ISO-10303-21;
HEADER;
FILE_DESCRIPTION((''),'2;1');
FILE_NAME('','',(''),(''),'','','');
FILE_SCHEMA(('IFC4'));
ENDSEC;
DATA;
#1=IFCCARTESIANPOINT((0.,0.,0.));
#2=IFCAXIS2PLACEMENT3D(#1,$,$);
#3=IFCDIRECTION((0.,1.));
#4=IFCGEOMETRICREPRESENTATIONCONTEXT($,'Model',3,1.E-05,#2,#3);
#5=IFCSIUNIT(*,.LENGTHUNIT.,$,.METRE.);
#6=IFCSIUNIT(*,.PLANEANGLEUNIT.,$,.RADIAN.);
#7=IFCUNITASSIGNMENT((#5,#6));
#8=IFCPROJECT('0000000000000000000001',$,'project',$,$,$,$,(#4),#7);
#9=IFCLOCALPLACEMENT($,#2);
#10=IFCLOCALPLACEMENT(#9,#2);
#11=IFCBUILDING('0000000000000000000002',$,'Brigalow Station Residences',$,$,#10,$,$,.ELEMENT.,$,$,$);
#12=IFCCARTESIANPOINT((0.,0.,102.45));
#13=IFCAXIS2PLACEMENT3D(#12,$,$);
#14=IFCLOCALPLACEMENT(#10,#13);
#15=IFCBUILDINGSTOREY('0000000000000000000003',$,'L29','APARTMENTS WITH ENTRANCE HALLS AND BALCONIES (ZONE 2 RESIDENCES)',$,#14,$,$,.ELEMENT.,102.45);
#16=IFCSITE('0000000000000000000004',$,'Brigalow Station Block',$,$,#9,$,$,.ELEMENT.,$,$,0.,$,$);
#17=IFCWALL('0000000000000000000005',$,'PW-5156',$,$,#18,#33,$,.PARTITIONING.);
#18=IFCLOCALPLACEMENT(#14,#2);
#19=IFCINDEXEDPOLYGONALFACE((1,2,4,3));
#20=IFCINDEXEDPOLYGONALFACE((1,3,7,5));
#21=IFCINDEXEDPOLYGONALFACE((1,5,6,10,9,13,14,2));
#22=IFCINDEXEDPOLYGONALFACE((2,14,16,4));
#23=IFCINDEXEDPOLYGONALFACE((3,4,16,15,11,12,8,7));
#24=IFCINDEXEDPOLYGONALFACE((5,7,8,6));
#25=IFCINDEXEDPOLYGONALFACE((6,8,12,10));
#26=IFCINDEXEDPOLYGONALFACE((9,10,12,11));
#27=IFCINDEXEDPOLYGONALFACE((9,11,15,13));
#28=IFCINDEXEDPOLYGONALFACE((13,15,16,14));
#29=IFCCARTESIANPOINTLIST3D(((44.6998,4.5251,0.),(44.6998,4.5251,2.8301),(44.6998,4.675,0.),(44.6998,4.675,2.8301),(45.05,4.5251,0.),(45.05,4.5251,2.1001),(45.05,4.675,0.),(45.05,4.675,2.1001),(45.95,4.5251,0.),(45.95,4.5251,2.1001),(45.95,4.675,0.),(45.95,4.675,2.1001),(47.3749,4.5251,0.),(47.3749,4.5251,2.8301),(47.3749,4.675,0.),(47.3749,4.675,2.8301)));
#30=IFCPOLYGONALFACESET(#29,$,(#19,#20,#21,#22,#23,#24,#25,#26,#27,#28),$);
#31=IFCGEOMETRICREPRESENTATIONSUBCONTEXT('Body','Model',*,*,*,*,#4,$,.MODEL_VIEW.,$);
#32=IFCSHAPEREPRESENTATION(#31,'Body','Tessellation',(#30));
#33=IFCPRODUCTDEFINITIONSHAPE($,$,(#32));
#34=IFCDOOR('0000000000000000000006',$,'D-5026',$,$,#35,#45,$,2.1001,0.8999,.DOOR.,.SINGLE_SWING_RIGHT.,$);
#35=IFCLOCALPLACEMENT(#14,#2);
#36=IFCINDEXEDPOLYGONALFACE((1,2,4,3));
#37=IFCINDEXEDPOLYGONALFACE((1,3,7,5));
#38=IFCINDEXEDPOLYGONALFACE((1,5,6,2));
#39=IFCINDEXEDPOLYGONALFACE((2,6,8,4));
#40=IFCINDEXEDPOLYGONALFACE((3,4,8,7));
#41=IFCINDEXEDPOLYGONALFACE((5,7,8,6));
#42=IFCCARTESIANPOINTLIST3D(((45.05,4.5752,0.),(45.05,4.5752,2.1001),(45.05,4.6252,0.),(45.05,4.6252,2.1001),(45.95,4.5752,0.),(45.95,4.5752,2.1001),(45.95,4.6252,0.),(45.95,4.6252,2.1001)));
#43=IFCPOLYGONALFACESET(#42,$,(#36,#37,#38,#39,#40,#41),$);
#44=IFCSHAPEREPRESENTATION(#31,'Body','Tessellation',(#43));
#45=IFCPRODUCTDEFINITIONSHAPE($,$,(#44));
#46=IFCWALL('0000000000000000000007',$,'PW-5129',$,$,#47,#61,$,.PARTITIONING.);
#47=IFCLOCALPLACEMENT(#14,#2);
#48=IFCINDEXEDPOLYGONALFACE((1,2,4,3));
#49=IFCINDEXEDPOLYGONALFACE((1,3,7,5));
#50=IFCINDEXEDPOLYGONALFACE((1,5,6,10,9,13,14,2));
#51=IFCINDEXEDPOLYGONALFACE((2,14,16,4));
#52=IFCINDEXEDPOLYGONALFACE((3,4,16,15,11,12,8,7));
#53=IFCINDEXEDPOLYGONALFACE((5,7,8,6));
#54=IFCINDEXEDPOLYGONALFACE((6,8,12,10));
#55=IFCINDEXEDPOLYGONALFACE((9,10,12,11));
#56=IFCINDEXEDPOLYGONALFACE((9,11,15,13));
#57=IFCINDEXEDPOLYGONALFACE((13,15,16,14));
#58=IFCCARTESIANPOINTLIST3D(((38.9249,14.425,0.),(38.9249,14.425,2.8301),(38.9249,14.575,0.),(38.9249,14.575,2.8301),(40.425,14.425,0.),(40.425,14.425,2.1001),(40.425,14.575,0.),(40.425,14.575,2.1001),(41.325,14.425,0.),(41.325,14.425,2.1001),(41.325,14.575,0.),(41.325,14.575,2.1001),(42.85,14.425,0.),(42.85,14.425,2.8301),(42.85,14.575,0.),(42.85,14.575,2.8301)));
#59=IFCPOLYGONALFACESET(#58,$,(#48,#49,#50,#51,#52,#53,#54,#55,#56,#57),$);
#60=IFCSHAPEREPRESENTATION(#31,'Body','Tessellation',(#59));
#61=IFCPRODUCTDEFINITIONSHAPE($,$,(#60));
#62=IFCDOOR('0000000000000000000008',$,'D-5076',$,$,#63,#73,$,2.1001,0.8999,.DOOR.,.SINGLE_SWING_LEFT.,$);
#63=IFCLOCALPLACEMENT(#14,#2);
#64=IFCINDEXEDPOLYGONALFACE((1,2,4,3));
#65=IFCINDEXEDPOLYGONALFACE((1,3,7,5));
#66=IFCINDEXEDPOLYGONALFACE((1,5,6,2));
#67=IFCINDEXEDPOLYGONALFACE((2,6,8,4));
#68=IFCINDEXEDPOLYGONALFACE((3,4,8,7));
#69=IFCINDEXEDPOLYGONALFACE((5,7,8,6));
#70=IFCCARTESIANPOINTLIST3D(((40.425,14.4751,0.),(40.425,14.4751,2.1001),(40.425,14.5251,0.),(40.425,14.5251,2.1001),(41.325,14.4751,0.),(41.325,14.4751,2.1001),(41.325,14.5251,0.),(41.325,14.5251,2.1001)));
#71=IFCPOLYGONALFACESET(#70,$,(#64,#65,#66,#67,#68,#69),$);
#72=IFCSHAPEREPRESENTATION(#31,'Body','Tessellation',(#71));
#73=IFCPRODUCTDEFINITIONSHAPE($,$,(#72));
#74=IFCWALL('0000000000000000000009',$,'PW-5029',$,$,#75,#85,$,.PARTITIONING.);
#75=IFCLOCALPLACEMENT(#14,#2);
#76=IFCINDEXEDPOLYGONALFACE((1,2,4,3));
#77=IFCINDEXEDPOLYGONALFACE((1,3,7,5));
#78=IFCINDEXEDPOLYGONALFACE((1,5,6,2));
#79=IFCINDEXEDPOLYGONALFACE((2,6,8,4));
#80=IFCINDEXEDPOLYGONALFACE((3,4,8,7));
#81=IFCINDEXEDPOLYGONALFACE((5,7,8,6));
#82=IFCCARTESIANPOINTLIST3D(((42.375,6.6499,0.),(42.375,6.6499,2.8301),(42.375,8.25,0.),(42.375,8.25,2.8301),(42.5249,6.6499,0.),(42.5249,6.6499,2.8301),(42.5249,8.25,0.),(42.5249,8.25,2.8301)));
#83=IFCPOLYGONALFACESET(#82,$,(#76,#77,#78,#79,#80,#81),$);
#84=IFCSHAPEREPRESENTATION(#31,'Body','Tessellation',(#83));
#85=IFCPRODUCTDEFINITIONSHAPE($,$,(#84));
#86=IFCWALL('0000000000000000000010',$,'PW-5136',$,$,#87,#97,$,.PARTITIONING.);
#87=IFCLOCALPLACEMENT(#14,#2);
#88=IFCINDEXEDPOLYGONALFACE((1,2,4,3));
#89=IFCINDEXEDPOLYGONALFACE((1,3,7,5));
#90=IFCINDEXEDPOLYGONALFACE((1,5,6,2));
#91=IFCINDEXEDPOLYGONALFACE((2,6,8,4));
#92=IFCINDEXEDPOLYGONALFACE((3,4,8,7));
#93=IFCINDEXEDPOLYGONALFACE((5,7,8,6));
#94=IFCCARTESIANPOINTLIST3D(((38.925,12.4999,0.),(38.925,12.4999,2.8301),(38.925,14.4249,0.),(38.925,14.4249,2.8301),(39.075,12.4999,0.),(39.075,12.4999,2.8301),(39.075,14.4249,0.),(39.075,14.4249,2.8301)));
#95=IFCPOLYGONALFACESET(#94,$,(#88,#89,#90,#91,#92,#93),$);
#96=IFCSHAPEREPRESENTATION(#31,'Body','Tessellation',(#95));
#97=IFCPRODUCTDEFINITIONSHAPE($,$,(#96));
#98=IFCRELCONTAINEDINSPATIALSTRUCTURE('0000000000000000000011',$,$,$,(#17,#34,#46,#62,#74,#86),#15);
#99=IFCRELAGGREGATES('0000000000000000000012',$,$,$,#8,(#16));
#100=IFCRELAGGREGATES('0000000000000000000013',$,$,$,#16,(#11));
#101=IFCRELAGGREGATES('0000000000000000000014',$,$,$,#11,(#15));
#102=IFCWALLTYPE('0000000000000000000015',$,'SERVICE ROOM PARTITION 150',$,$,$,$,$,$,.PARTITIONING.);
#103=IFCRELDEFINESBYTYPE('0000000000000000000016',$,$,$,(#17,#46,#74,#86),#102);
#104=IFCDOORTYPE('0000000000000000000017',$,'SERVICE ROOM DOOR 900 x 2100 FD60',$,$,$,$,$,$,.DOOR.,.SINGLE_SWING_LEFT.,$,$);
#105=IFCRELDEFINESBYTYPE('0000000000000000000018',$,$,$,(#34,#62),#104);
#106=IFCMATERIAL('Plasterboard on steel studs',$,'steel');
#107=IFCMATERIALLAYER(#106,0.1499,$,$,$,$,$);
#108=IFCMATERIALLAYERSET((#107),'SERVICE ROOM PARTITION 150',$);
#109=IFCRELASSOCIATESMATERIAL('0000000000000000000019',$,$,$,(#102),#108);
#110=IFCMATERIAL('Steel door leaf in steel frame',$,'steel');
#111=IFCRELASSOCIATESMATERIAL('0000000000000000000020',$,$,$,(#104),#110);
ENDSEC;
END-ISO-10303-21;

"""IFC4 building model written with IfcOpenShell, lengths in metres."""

from ifc_helpers import new_model, si_unit, direction, frame, frame_2d, origin, place, context, subcontext, project, spatial, rectangle, extrude, material, layer, layer_set, type_object, element, fill, save


model = new_model("IFC4")

# Units and contexts
model_context = context("Model", 3, precision=1e-05, world=origin(), true_north=direction((0.0, 1.0)))
body_context = subcontext(model_context, "Body", "Model", "MODEL_VIEW")
ifc_project = project(units=[si_unit("LENGTHUNIT", "METRE"), si_unit("PLANEANGLEUNIT", "RADIAN")], contexts=[model_context])

# Site, building, storey
site_placement = place(None, origin())
site = spatial("IfcSite", under=ifc_project, at=site_placement, Name="Brigalow Station Block", CompositionType="ELEMENT", RefElevation=0.0)
building_placement = place(site_placement, origin())
building = spatial("IfcBuilding", under=site, at=building_placement, Name="Brigalow Station Residences", CompositionType="ELEMENT")
storey_placement = place(building_placement, frame((0.0, 0.0, 102.45)))
storey = spatial("IfcBuildingStorey", under=building, at=storey_placement, Name="L29", Description="APARTMENTS WITH ENTRANCE HALLS AND BALCONIES (ZONE 2 RESIDENCES)", CompositionType="ELEMENT", Elevation=102.45)

# Walls, openings, doors
ifc_material_1 = material(Name="Plasterboard on steel studs", Category="steel")
ifc_layer_1 = layer(ifc_material_1, 0.1499)
ifc_layer_set_1 = layer_set([ifc_layer_1], Name="SERVICE ROOM PARTITION 150")
wall_type_1 = type_object("IfcWallType", Name="SERVICE ROOM PARTITION 150", PredefinedType="PARTITIONING", material=ifc_layer_set_1)
wall_1_placement = place(storey_placement, frame((44.7, 4.6001, 0.0), z_axis=(0.0, 0.0, 1.0), x_axis=(1.0, 0.0, 0.0)))
wall_1 = element("IfcWall", 1, at=wall_1_placement, inside=storey, type_object=wall_type_1, Name="PW-5156", PredefinedType="PARTITIONING", context=body_context, shape_type="SweptSolid", body=[
    extrude(rectangle(XDim=2.675, YDim=0.1499, at=frame_2d((1.3374, 0.0))), origin(), (0.0, 0.0, 1.0), 2.8301),
])
opening_1_placement = place(wall_1_placement, frame((0.3501, 0.0, 0.0)))
opening_1 = element("IfcOpeningElement", 2, at=opening_1_placement, cuts=wall_1, PredefinedType="OPENING", context=body_context, shape_type="SweptSolid", body=[
    extrude(rectangle(XDim=0.8999, YDim=2.1001, at=frame_2d((0.45, 1.05))), frame((0.0, 0.085, 0.0), z_axis=(0.0, -1.0, 0.0), x_axis=(1.0, 0.0, 0.0)), (0.0, 0.0, 1.0), 0.1699),
])
ifc_material_2 = material(Name="Steel door leaf in steel frame", Category="steel")
door_type_1 = type_object("IfcDoorType", Name="SERVICE ROOM DOOR 900 x 2100 FD60", OperationType="SINGLE_SWING_LEFT", PredefinedType="DOOR", material=ifc_material_2)
door_1_placement = place(opening_1_placement, frame((0.8999, 0.0, 0.0), z_axis=(0.0, 0.0, 1.0), x_axis=(-1.0, 0.0, 0.0)))
door_1 = element("IfcDoor", 3, at=door_1_placement, inside=storey, type_object=door_type_1, Name="D-5026", OperationType="SINGLE_SWING_RIGHT", OverallHeight=2.1001, OverallWidth=0.8999, PredefinedType="DOOR", context=body_context, shape_type="SweptSolid", body=[
    extrude(rectangle(XDim=0.8999, YDim=2.1001, at=frame_2d((0.45, 1.05))), frame((0.0, 0.0249, 0.0), z_axis=(0.0, -1.0, 0.0), x_axis=(1.0, 0.0, 0.0)), (0.0, 0.0, 1.0), 0.05),
])
fill(opening_1, door_1)
wall_2_placement = place(storey_placement, frame((38.925, 14.5, 0.0), z_axis=(0.0, 0.0, 1.0), x_axis=(1.0, 0.0, 0.0)))
wall_2 = element("IfcWall", 4, at=wall_2_placement, inside=storey, type_object=wall_type_1, Name="PW-5129", PredefinedType="PARTITIONING", context=body_context, shape_type="SweptSolid", body=[
    extrude(rectangle(XDim=3.925, YDim=0.1499, at=frame_2d((1.9624, 0.0))), origin(), (0.0, 0.0, 1.0), 2.8301),
])
opening_2_placement = place(wall_2_placement, frame((1.5, 0.0, 0.0)))
opening_2 = element("IfcOpeningElement", 5, at=opening_2_placement, cuts=wall_2, PredefinedType="OPENING", context=body_context, shape_type="SweptSolid", body=[
    extrude(rectangle(XDim=0.8999, YDim=2.1001, at=frame_2d((0.45, 1.05))), frame((0.0, 0.085, 0.0), z_axis=(0.0, -1.0, 0.0), x_axis=(1.0, 0.0, 0.0)), (0.0, 0.0, 1.0), 0.1699),
])
door_2_placement = place(opening_2_placement, frame((0.8999, 0.0, 0.0), z_axis=(0.0, 0.0, 1.0), x_axis=(-1.0, 0.0, 0.0)))
door_2 = element("IfcDoor", 6, at=door_2_placement, inside=storey, type_object=door_type_1, Name="D-5076", OperationType="SINGLE_SWING_LEFT", OverallHeight=2.1001, OverallWidth=0.8999, PredefinedType="DOOR", context=body_context, shape_type="SweptSolid", body=[
    extrude(rectangle(XDim=0.8999, YDim=2.1001, at=frame_2d((0.45, 1.05))), frame((0.0, 0.0249, 0.0), z_axis=(0.0, -1.0, 0.0), x_axis=(1.0, 0.0, 0.0)), (0.0, 0.0, 1.0), 0.05),
])
fill(opening_2, door_2)

# Walls
wall_3_placement = place(storey_placement, frame((42.45, 6.6499, 0.0), z_axis=(0.0, 0.0, 1.0), x_axis=(0.0, 1.0, 0.0)))
element("IfcWall", 7, at=wall_3_placement, inside=storey, type_object=wall_type_1, Name="PW-5029", PredefinedType="PARTITIONING", context=body_context, shape_type="SweptSolid", body=[
    extrude(rectangle(XDim=1.6001, YDim=0.1499, at=frame_2d((0.8, 0.0))), origin(), (0.0, 0.0, 1.0), 2.8301),
])
wall_4_placement = place(storey_placement, frame((39.0, 12.5, 0.0), z_axis=(0.0, 0.0, 1.0), x_axis=(0.0, 1.0, 0.0)))
element("IfcWall", 8, at=wall_4_placement, inside=storey, type_object=wall_type_1, Name="PW-5136", PredefinedType="PARTITIONING", context=body_context, shape_type="SweptSolid", body=[
    extrude(rectangle(XDim=1.925, YDim=0.1499, at=frame_2d((0.9624, 0.0))), origin(), (0.0, 0.0, 1.0), 2.8301),
])

save(model, "model.ifc")
